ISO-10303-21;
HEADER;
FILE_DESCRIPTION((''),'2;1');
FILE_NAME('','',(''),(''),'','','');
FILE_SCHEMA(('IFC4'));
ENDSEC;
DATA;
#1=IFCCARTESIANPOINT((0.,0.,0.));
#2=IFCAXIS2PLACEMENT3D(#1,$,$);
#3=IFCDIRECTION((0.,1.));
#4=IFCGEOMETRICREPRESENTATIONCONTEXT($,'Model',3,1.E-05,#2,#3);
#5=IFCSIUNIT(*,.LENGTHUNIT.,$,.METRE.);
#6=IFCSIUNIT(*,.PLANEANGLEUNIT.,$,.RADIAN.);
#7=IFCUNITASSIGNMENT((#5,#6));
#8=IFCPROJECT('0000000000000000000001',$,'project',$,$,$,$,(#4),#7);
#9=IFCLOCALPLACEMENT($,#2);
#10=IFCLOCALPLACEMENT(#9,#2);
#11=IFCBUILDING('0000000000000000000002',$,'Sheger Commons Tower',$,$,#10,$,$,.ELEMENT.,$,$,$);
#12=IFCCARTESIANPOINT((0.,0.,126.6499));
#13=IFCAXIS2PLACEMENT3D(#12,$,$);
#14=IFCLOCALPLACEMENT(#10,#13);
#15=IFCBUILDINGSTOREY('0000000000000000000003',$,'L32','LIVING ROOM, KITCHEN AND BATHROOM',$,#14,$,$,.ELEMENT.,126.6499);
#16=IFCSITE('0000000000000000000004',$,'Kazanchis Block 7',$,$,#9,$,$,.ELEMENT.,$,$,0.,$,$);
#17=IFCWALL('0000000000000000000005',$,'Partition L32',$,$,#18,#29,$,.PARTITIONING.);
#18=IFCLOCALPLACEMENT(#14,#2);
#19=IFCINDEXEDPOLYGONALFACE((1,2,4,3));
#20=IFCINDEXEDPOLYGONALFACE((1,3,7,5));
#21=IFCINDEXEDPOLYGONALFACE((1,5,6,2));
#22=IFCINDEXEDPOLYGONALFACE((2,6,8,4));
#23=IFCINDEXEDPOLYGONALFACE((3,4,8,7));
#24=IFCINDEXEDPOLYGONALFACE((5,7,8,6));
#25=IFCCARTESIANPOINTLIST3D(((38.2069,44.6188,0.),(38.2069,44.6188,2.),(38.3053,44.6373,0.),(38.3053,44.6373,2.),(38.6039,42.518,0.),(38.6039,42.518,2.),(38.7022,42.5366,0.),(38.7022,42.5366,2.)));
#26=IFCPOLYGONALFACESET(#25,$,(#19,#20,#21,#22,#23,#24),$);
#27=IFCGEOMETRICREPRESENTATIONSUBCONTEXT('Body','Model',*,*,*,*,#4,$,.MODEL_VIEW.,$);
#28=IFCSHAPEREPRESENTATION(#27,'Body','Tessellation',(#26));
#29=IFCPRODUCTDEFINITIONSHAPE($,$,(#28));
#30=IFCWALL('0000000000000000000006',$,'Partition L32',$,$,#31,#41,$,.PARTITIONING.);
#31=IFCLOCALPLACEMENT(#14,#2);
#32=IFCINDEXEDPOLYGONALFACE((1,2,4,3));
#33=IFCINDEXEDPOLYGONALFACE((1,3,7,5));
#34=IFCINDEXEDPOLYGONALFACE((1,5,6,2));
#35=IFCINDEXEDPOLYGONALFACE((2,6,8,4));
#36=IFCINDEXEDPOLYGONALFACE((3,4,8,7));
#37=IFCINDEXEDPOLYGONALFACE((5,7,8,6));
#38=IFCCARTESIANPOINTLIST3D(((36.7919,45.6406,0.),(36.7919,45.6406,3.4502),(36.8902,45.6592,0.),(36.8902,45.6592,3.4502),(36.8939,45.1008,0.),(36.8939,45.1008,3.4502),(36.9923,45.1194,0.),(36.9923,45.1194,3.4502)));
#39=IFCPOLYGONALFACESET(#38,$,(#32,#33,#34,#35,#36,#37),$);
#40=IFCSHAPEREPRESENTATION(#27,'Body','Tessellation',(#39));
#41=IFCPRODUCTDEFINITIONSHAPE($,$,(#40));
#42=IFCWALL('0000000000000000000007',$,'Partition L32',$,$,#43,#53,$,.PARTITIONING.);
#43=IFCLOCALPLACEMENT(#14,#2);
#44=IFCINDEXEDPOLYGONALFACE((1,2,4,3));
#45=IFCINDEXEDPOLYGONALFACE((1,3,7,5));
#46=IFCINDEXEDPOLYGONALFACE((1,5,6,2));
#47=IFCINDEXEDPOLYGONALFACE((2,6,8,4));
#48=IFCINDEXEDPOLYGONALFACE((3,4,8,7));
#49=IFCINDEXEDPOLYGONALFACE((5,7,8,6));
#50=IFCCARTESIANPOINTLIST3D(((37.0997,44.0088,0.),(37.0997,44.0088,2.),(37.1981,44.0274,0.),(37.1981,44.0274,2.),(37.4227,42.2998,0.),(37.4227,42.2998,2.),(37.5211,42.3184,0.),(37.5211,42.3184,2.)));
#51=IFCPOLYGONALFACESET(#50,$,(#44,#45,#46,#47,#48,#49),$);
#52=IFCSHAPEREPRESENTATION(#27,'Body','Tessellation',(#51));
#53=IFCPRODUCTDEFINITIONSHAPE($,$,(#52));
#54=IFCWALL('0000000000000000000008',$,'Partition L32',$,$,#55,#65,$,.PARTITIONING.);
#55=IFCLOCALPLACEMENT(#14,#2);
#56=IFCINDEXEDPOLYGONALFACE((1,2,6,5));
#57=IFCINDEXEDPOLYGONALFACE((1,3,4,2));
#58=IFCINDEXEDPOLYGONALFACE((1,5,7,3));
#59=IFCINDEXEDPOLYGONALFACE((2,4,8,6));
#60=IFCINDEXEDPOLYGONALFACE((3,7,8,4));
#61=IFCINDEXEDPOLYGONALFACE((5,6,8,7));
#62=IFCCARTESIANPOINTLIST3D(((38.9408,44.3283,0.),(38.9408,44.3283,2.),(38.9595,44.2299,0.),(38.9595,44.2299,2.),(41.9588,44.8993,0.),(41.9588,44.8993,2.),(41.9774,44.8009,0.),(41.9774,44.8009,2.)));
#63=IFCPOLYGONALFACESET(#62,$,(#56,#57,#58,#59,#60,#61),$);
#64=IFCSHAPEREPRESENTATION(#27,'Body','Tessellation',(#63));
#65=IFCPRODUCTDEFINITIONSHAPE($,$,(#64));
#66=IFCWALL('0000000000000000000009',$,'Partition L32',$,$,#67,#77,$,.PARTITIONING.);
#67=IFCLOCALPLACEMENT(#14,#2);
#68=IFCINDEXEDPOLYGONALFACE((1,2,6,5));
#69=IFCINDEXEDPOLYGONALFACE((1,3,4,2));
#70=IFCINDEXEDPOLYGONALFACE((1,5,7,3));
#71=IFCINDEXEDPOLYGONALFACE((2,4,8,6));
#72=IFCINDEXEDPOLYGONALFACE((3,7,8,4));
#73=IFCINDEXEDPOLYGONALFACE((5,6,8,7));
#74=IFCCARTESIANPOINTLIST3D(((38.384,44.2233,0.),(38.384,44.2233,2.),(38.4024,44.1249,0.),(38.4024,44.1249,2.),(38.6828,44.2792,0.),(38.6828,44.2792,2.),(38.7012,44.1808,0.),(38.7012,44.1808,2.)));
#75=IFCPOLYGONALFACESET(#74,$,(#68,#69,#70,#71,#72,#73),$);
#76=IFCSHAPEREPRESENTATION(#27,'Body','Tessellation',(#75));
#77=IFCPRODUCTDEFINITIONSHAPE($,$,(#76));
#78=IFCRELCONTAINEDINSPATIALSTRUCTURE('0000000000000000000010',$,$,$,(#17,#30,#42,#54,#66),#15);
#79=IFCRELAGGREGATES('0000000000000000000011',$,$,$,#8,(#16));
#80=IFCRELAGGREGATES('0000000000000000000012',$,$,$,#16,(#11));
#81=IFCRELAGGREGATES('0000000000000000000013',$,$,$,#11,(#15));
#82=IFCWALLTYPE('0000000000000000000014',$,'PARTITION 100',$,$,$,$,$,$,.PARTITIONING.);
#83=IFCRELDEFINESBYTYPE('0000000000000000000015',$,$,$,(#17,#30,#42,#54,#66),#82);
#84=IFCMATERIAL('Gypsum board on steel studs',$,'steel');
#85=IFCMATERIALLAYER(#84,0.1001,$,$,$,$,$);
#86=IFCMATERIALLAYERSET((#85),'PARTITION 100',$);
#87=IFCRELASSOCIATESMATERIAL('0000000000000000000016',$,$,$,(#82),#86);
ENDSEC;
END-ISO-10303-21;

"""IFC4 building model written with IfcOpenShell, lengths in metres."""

from ifc_helpers import new_model, si_unit, direction, frame, frame_2d, origin, place, context, subcontext, project, spatial, rectangle, extrude, material, layer, layer_set, type_object, element, save


model = new_model("IFC4")

# Units and contexts
model_context = context("Model", 3, precision=1e-05, world=origin(), true_north=direction((0.0, 1.0)))
body_context = subcontext(model_context, "Body", "Model", "MODEL_VIEW")
ifc_project = project(units=[si_unit("LENGTHUNIT", "METRE"), si_unit("PLANEANGLEUNIT", "RADIAN")], contexts=[model_context])

# Site, building, storey
site_placement = place(None, origin())
site = spatial("IfcSite", under=ifc_project, at=site_placement, Name="Kazanchis Block 7", CompositionType="ELEMENT", RefElevation=0.0)
building_placement = place(site_placement, origin())
building = spatial("IfcBuilding", under=site, at=building_placement, Name="Sheger Commons Tower", CompositionType="ELEMENT")
storey_placement = place(building_placement, frame((0.0, 0.0, 126.6499)))
storey = spatial("IfcBuildingStorey", under=building, at=storey_placement, Name="L32", Description="LIVING ROOM, KITCHEN AND BATHROOM", CompositionType="ELEMENT", Elevation=126.6499)

# Walls
ifc_material_1 = material(Name="Gypsum board on steel studs", Category="steel")
ifc_layer_1 = layer(ifc_material_1, 0.1001)
ifc_layer_set_1 = layer_set([ifc_layer_1], Name="PARTITION 100")
wall_type_1 = type_object("IfcWallType", Name="PARTITION 100", PredefinedType="PARTITIONING", material=ifc_layer_set_1)
wall_1_placement = place(storey_placement, frame((38.2561, 44.6279, 0.0), z_axis=(0.0, 0.0, 1.0), x_axis=(0.185674, -0.982611, 0.0)))
element("IfcWall", 1, at=wall_1_placement, inside=storey, type_object=wall_type_1, Name="Partition L32", PredefinedType="PARTITIONING", context=body_context, shape_type="SweptSolid", body=[
    extrude(rectangle(XDim=2.1379, YDim=0.1001, at=frame_2d((1.0688, 0.0))), origin(), (0.0, 0.0, 1.0), 2.0),
])
wall_2_placement = place(storey_placement, frame((36.8411, 45.6499, 0.0), z_axis=(0.0, 0.0, 1.0), x_axis=(0.185764, -0.982594, 0.0)))
element("IfcWall", 2, at=wall_2_placement, inside=storey, type_object=wall_type_1, Name="Partition L32", PredefinedType="PARTITIONING", context=body_context, shape_type="SweptSolid", body=[
    extrude(rectangle(XDim=0.5493, YDim=0.1001, at=frame_2d((0.2747, 0.0))), origin(), (0.0, 0.0, 1.0), 3.4502),
])
wall_3_placement = place(storey_placement, frame((37.1489, 44.0181, 0.0), z_axis=(0.0, 0.0, 1.0), x_axis=(0.185712, -0.982604, 0.0)))
element("IfcWall", 3, at=wall_3_placement, inside=storey, type_object=wall_type_1, Name="Partition L32", PredefinedType="PARTITIONING", context=body_context, shape_type="SweptSolid", body=[
    extrude(rectangle(XDim=1.7393, YDim=0.1001, at=frame_2d((0.8696, 0.0))), origin(), (0.0, 0.0, 1.0), 2.0),
])
wall_4_placement = place(storey_placement, frame((41.968, 44.8501, 0.0), z_axis=(0.0, 0.0, 1.0), x_axis=(-0.982567, -0.18591, 0.0)))
element("IfcWall", 4, at=wall_4_placement, inside=storey, type_object=wall_type_1, Name="Partition L32", PredefinedType="PARTITIONING", context=body_context, shape_type="SweptSolid", body=[
    extrude(rectangle(XDim=3.0715, YDim=0.1001, at=frame_2d((1.5356, 0.0))), origin(), (0.0, 0.0, 1.0), 2.0),
])
wall_5_placement = place(storey_placement, frame((38.6919, 44.23, 0.0), z_axis=(0.0, 0.0, 1.0), x_axis=(-0.982945, -0.183901, 0.0)))
element("IfcWall", 5, at=wall_5_placement, inside=storey, type_object=wall_type_1, Name="Partition L32", PredefinedType="PARTITIONING", context=body_context, shape_type="SweptSolid", body=[
    extrude(rectangle(XDim=0.304, YDim=0.1001, at=frame_2d((0.1519, 0.0))), origin(), (0.0, 0.0, 1.0), 2.0),
])

save(model, "model.ifc")
